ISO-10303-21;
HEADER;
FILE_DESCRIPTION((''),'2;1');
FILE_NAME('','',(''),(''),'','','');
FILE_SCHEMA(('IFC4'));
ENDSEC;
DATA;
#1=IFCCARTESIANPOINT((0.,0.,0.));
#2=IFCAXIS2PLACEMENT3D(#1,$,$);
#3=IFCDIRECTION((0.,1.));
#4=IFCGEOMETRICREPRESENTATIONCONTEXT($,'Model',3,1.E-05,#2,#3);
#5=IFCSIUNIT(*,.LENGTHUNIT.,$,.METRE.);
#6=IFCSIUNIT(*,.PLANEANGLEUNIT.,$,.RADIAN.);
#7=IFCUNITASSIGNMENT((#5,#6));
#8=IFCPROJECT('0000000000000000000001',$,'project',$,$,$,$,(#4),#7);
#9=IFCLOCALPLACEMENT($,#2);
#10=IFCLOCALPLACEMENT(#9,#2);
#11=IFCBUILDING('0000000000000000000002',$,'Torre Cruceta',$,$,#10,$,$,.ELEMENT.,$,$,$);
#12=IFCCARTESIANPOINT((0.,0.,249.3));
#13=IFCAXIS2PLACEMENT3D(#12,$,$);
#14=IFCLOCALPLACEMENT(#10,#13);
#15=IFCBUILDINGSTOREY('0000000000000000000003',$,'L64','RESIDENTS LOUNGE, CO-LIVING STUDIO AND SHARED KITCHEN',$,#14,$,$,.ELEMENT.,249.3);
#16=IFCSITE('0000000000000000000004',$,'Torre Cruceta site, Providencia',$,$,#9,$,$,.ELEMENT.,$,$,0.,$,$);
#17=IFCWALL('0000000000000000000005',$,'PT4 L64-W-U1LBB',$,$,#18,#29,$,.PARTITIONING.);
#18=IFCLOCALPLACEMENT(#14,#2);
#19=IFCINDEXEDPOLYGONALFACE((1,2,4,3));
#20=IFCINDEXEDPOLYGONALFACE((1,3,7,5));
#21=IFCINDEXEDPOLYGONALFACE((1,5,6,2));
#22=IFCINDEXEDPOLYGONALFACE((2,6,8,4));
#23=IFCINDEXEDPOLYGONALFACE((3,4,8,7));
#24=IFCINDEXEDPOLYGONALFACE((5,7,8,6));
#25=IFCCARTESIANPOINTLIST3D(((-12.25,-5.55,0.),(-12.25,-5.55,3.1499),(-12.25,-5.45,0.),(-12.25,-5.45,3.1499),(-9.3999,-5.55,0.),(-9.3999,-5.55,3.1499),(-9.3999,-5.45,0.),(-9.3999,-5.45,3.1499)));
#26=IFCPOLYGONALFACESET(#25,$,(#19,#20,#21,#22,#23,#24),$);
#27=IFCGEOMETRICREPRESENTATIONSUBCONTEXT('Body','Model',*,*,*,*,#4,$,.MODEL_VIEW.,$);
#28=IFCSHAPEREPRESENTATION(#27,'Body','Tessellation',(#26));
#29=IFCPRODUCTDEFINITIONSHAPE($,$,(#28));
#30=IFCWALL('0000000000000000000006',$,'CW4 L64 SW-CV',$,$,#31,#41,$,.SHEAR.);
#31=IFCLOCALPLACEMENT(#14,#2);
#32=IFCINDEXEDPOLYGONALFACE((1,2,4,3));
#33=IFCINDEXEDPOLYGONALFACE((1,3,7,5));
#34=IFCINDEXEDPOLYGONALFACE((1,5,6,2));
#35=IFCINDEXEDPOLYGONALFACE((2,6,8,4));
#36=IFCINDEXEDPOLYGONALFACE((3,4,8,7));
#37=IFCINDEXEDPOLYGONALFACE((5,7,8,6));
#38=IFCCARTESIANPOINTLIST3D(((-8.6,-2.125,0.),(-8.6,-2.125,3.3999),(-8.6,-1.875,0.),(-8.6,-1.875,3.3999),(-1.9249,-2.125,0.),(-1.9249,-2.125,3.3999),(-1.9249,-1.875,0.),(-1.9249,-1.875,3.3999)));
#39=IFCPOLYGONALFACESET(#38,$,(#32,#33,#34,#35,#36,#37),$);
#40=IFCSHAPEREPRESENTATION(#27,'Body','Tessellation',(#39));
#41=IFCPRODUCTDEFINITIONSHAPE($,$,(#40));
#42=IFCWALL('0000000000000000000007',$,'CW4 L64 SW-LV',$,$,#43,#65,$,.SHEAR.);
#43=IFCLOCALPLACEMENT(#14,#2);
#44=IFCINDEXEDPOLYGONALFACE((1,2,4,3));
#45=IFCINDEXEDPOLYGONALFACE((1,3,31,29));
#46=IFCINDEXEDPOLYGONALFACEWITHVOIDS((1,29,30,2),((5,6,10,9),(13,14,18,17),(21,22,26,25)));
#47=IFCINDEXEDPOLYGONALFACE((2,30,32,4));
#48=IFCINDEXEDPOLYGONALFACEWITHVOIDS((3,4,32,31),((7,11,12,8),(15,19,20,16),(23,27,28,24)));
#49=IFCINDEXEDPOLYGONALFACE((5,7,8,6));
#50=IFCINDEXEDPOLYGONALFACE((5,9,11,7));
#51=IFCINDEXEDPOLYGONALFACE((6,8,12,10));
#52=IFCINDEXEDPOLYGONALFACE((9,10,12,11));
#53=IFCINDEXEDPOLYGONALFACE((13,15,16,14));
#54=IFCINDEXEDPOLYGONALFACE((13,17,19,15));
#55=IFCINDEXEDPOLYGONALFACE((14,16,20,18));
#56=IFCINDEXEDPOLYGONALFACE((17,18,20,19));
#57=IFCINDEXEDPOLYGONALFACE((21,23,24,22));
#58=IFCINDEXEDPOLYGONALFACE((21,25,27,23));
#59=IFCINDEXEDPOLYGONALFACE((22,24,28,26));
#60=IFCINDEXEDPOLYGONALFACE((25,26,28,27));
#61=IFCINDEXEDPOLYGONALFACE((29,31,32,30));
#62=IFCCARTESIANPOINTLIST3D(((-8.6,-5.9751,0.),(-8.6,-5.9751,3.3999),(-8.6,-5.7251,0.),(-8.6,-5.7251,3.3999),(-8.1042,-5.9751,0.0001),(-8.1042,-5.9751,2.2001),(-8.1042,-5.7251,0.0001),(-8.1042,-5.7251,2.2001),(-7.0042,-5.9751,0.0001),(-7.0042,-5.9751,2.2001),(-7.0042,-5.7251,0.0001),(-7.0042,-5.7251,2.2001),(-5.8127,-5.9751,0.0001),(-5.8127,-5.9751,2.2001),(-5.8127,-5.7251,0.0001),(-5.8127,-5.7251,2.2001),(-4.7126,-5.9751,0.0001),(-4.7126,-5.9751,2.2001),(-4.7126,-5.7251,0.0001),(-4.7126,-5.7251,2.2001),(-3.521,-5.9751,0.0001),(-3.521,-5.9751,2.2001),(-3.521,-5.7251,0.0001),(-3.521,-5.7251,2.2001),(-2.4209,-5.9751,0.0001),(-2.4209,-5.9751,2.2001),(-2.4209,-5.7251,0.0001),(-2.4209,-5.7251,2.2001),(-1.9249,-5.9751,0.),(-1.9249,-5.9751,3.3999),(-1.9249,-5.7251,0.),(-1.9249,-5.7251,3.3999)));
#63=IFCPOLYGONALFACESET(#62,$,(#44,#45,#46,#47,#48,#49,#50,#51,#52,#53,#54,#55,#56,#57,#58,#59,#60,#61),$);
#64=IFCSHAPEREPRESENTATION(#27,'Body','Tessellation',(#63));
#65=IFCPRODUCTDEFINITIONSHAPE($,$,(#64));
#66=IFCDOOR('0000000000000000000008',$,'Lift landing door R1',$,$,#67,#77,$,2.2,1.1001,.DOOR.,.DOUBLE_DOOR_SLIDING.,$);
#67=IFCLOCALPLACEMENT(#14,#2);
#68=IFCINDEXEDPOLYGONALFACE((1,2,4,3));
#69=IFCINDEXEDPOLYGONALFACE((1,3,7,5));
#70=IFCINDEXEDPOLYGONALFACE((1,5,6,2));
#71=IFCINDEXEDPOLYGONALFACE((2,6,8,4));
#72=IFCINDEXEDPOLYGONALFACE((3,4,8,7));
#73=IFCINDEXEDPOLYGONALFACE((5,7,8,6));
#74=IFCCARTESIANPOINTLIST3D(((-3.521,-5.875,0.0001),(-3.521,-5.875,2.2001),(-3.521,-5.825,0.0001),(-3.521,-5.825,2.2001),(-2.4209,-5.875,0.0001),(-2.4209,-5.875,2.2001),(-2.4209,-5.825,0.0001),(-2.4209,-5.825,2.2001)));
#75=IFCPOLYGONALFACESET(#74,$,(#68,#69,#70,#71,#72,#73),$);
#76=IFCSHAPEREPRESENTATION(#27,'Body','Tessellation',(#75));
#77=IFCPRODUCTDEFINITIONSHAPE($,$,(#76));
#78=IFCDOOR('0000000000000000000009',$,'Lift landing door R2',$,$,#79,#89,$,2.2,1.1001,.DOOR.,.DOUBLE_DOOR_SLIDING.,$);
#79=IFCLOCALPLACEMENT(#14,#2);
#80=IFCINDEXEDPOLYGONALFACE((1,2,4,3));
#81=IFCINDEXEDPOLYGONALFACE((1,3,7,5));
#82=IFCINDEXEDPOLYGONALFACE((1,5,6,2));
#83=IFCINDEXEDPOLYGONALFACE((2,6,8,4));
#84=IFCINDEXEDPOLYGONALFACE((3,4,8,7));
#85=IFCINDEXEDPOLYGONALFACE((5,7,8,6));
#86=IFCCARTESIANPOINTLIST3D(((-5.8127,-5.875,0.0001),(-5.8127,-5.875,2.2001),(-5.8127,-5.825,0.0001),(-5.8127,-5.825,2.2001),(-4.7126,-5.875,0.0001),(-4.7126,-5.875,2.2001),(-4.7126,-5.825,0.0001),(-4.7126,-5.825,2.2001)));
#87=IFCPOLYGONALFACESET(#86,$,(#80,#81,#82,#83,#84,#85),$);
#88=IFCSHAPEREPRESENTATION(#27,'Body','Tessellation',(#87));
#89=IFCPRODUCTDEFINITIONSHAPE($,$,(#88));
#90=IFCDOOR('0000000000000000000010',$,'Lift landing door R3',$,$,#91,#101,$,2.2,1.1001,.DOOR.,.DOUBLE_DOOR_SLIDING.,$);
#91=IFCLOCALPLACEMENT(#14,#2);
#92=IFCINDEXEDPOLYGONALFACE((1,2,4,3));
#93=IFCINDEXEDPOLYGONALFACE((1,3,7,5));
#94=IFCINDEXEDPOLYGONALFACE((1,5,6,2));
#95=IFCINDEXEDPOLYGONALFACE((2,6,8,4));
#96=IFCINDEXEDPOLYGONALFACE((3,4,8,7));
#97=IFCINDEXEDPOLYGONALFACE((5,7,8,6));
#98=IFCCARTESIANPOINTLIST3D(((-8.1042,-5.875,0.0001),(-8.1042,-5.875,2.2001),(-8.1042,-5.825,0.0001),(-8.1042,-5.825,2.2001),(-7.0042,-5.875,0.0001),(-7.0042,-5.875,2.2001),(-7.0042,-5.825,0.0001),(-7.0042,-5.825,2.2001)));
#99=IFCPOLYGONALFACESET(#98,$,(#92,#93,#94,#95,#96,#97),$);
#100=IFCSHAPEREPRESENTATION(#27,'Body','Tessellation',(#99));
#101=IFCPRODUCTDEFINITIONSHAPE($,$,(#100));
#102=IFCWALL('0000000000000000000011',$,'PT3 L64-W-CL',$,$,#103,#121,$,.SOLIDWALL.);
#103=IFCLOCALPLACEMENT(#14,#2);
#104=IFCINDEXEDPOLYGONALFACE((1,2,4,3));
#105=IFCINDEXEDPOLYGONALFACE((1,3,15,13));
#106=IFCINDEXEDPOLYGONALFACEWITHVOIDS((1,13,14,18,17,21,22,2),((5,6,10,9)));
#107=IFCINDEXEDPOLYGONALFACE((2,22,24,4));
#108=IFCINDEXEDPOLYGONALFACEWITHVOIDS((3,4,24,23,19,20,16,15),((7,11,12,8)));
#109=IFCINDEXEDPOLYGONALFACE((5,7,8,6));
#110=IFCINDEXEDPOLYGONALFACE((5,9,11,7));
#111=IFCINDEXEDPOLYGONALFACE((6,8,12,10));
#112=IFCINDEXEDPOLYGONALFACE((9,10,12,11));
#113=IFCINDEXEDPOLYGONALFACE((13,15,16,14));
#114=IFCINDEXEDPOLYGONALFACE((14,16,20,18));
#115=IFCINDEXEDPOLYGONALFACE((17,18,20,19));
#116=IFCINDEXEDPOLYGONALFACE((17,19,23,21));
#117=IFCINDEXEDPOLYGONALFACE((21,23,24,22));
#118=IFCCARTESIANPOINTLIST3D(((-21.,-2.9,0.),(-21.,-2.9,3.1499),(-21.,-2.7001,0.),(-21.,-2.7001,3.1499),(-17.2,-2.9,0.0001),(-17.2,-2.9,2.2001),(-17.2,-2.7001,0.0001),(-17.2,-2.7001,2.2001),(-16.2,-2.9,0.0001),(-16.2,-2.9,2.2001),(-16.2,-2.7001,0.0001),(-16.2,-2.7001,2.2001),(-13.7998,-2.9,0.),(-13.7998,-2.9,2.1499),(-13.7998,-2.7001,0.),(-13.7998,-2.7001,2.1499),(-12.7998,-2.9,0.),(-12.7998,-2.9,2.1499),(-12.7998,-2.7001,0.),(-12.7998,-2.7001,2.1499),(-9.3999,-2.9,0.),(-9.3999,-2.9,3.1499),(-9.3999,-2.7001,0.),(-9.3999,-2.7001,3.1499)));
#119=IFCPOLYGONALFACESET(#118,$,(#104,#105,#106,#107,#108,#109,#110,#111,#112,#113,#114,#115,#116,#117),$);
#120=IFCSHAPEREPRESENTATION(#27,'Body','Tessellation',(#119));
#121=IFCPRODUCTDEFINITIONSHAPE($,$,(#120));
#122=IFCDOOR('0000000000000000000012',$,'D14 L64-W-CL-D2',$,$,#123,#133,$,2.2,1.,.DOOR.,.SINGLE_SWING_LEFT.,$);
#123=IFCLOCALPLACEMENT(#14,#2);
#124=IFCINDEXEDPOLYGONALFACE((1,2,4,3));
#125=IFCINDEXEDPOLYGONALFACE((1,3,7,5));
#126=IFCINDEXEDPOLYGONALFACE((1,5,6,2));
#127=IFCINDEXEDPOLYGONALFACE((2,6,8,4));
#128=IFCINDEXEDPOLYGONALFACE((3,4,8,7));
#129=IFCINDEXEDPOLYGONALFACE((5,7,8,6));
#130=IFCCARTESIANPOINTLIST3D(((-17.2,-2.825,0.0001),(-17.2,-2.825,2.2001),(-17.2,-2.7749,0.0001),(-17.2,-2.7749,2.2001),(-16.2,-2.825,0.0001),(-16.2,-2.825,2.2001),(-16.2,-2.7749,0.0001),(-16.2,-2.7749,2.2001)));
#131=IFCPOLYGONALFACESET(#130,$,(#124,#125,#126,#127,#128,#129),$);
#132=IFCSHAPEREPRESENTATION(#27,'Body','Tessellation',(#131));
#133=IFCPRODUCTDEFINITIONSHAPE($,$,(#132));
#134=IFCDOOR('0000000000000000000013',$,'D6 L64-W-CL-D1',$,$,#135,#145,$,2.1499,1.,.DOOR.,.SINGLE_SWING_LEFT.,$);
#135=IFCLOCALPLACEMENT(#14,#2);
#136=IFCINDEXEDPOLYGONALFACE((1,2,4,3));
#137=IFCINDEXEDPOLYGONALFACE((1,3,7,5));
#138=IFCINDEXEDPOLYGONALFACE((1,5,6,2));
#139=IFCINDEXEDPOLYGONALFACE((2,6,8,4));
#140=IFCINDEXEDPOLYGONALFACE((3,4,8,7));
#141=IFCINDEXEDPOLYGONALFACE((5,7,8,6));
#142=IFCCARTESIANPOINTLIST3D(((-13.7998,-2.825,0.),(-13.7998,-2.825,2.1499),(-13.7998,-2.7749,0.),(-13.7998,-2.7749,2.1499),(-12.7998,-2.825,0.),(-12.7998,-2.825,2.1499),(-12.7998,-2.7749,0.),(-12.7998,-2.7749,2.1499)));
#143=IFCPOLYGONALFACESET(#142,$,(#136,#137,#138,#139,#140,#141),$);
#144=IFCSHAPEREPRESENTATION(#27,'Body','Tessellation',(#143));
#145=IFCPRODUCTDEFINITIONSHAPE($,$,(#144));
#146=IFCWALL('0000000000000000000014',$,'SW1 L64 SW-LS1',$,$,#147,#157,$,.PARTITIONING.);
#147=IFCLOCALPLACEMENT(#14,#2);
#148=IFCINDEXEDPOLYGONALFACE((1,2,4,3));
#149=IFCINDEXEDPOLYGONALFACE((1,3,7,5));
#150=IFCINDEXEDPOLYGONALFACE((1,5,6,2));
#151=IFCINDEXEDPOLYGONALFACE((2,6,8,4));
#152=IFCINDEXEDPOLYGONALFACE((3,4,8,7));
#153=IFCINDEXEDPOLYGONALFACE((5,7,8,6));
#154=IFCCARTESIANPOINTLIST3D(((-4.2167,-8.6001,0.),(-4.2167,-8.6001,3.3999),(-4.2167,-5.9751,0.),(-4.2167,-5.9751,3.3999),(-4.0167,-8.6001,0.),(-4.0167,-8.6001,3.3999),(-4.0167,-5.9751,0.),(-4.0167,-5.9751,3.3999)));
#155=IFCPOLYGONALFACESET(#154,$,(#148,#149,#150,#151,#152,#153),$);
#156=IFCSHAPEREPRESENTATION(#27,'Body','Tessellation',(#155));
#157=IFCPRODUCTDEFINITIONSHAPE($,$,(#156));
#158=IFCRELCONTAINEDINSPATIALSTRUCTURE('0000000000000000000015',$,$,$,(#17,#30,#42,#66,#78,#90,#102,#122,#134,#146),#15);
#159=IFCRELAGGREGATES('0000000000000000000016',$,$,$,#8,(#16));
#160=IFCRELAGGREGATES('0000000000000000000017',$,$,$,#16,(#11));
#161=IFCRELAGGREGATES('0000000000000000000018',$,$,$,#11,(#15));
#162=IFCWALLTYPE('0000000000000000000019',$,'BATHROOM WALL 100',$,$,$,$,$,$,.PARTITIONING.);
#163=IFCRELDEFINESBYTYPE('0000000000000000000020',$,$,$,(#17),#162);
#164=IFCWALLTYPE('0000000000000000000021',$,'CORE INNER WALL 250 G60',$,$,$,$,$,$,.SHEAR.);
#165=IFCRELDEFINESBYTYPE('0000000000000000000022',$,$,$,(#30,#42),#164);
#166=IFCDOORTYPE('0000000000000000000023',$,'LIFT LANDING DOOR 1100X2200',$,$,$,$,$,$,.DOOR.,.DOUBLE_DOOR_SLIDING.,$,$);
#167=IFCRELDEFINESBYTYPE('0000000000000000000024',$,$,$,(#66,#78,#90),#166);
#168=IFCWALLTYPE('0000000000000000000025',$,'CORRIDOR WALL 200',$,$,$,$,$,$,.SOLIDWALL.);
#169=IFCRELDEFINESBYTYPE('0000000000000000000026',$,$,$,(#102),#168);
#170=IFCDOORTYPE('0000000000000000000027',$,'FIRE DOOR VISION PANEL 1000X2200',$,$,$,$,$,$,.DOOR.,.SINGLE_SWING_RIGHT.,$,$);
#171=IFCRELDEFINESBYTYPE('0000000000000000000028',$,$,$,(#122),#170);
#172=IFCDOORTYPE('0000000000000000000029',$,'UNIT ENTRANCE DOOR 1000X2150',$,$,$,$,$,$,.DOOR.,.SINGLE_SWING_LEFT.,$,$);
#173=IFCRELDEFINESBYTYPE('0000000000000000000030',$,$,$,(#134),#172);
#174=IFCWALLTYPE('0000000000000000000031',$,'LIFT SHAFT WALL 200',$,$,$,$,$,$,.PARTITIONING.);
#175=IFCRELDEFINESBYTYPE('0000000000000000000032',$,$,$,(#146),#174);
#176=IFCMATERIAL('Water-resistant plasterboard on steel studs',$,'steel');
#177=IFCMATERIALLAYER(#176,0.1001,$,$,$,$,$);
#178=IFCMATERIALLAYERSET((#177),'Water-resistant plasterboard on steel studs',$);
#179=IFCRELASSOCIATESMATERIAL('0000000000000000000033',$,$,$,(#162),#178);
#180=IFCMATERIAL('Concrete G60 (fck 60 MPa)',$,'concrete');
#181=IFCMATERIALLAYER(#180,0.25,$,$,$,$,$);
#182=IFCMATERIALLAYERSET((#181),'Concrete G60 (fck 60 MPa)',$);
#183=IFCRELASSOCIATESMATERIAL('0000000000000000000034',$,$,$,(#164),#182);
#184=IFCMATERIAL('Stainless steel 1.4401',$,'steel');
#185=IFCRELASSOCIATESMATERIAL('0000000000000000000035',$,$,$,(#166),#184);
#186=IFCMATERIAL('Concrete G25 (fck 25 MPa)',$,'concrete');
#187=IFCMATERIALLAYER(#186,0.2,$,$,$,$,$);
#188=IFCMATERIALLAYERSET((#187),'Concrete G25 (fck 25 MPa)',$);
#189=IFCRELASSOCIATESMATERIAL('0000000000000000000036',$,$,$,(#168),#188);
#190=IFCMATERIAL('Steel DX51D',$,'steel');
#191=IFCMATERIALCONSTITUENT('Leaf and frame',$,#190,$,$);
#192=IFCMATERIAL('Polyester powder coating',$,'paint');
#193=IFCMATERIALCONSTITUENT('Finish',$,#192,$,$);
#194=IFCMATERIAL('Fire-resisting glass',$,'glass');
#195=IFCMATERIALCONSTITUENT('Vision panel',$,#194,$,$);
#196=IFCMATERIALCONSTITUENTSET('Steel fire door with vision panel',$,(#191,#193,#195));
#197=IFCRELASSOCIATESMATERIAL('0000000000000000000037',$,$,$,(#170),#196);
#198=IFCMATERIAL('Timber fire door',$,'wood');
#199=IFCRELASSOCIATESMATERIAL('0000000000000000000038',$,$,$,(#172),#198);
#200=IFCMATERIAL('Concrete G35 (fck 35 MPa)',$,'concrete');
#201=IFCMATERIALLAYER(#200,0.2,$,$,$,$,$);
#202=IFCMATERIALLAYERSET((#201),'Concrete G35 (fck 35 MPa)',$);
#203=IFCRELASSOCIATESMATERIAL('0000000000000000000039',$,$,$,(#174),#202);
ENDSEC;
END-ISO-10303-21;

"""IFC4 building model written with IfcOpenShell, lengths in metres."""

from ifc_helpers import new_model, si_unit, direction, frame, frame_2d, origin, place, context, subcontext, project, spatial, rectangle, extrude, material, layer, layer_set, constituent, constituent_set, type_object, element, fill, save


model = new_model("IFC4")

# Units and contexts
model_context = context("Model", 3, precision=1e-05, world=origin(), true_north=direction((0.0, 1.0)))
body_context = subcontext(model_context, "Body", "Model", "MODEL_VIEW")
ifc_project = project(units=[si_unit("LENGTHUNIT", "METRE"), si_unit("PLANEANGLEUNIT", "RADIAN")], contexts=[model_context])

# Site, building, storey
site_placement = place(None, origin())
site = spatial("IfcSite", under=ifc_project, at=site_placement, Name="Torre Cruceta site, Providencia", CompositionType="ELEMENT", RefElevation=0.0)
building_placement = place(site_placement, origin())
building = spatial("IfcBuilding", under=site, at=building_placement, Name="Torre Cruceta", CompositionType="ELEMENT")
storey_placement = place(building_placement, frame((0.0, 0.0, 249.3)))
storey = spatial("IfcBuildingStorey", under=building, at=storey_placement, Name="L64", Description="RESIDENTS LOUNGE, CO-LIVING STUDIO AND SHARED KITCHEN", CompositionType="ELEMENT", Elevation=249.3)

# Wall
ifc_material_1 = material(Name="Water-resistant plasterboard on steel studs", Category="steel")
ifc_layer_1 = layer(ifc_material_1, 0.1001)
ifc_layer_set_1 = layer_set([ifc_layer_1], Name="Water-resistant plasterboard on steel studs")
wall_type_1 = type_object("IfcWallType", Name="BATHROOM WALL 100", PredefinedType="PARTITIONING", material=ifc_layer_set_1)
wall_1_placement = place(storey_placement, frame((-9.3999, -5.5, 0.0), z_axis=(0.0, 0.0, 1.0), x_axis=(-1.0, 0.0, 0.0)))
element("IfcWall", 1, at=wall_1_placement, inside=storey, type_object=wall_type_1, Name="PT4 L64-W-U1LBB", PredefinedType="PARTITIONING", context=body_context, shape_type="SweptSolid", body=[
    extrude(rectangle(XDim=2.8501, YDim=0.1001, at=frame_2d((1.425, 0.0))), origin(), (0.0, 0.0, 1.0), 3.1499),
])

# Shared definitions
ifc_material_2 = material(Name="Concrete G60 (fck 60 MPa)", Category="concrete")
ifc_layer_2 = layer(ifc_material_2, 0.25)
ifc_layer_set_2 = layer_set([ifc_layer_2], Name="Concrete G60 (fck 60 MPa)")
wall_type_2 = type_object("IfcWallType", Name="CORE INNER WALL 250 G60", PredefinedType="SHEAR", material=ifc_layer_set_2)

# Wall
wall_2_placement = place(storey_placement, frame((-1.925, -2.0, 0.0), z_axis=(0.0, 0.0, 1.0), x_axis=(-1.0, 0.0, 0.0)))
element("IfcWall", 2, at=wall_2_placement, inside=storey, type_object=wall_type_2, Name="CW4 L64 SW-CV", PredefinedType="SHEAR", context=body_context, shape_type="SweptSolid", body=[
    extrude(rectangle(XDim=6.675, YDim=0.25, at=frame_2d((3.3374, 0.0))), origin(), (0.0, 0.0, 1.0), 3.3999),
])

# Walls, openings, doors
wall_3_placement = place(storey_placement, frame((-1.925, -5.8501, 0.0), z_axis=(0.0, 0.0, 1.0), x_axis=(-1.0, 0.0, 0.0)))
wall_3 = element("IfcWall", 3, at=wall_3_placement, inside=storey, type_object=wall_type_2, Name="CW4 L64 SW-LV", PredefinedType="SHEAR", context=body_context, shape_type="SweptSolid", body=[
    extrude(rectangle(XDim=6.675, YDim=0.25, at=frame_2d((3.3374, 0.0))), origin(), (0.0, 0.0, 1.0), 3.3999),
])
opening_1_placement = place(wall_3_placement, frame((0.4958, 0.0, 0.0)))
opening_1 = element("IfcOpeningElement", 4, at=opening_1_placement, cuts=wall_3, PredefinedType="OPENING", context=body_context, shape_type="SweptSolid", body=[
    extrude(rectangle(XDim=1.1001, YDim=2.2, at=frame_2d((0.55, 1.1001))), frame((0.0, 0.135, 0.0), z_axis=(0.0, -1.0, 0.0), x_axis=(1.0, 0.0, 0.0)), (0.0, 0.0, 1.0), 0.27),
])
opening_2_placement = place(wall_3_placement, frame((2.7876, 0.0, 0.0)))
opening_2 = element("IfcOpeningElement", 5, at=opening_2_placement, cuts=wall_3, PredefinedType="OPENING", context=body_context, shape_type="SweptSolid", body=[
    extrude(rectangle(XDim=1.1001, YDim=2.2, at=frame_2d((0.55, 1.1001))), frame((0.0, 0.135, 0.0), z_axis=(0.0, -1.0, 0.0), x_axis=(1.0, 0.0, 0.0)), (0.0, 0.0, 1.0), 0.27),
])
opening_3_placement = place(wall_3_placement, frame((5.0791, 0.0, 0.0)))
opening_3 = element("IfcOpeningElement", 6, at=opening_3_placement, cuts=wall_3, PredefinedType="OPENING", context=body_context, shape_type="SweptSolid", body=[
    extrude(rectangle(XDim=1.1001, YDim=2.2, at=frame_2d((0.55, 1.1001))), frame((0.0, 0.135, 0.0), z_axis=(0.0, -1.0, 0.0), x_axis=(1.0, 0.0, 0.0)), (0.0, 0.0, 1.0), 0.27),
])
ifc_material_3 = material(Name="Stainless steel 1.4401", Category="steel")
door_type_1 = type_object("IfcDoorType", Name="LIFT LANDING DOOR 1100X2200", OperationType="DOUBLE_DOOR_SLIDING", PredefinedType="DOOR", material=ifc_material_3)
door_1_placement = place(opening_1_placement, origin())
door_1 = element("IfcDoor", 7, at=door_1_placement, inside=storey, type_object=door_type_1, Name="Lift landing door R1", OperationType="DOUBLE_DOOR_SLIDING", OverallHeight=2.2, OverallWidth=1.1001, PredefinedType="DOOR", context=body_context, shape_type="SweptSolid", body=[
    extrude(rectangle(XDim=1.1001, YDim=2.2, at=frame_2d((0.55, 1.1001))), frame((0.0, 0.0249, 0.0), z_axis=(0.0, -1.0, 0.0), x_axis=(1.0, 0.0, 0.0)), (0.0, 0.0, 1.0), 0.05),
])
fill(opening_1, door_1)
door_2_placement = place(opening_2_placement, origin())
door_2 = element("IfcDoor", 8, at=door_2_placement, inside=storey, type_object=door_type_1, Name="Lift landing door R2", OperationType="DOUBLE_DOOR_SLIDING", OverallHeight=2.2, OverallWidth=1.1001, PredefinedType="DOOR", context=body_context, shape_type="SweptSolid", body=[
    extrude(rectangle(XDim=1.1001, YDim=2.2, at=frame_2d((0.55, 1.1001))), frame((0.0, 0.0249, 0.0), z_axis=(0.0, -1.0, 0.0), x_axis=(1.0, 0.0, 0.0)), (0.0, 0.0, 1.0), 0.05),
])
fill(opening_2, door_2)
door_3_placement = place(opening_3_placement, origin())
door_3 = element("IfcDoor", 9, at=door_3_placement, inside=storey, type_object=door_type_1, Name="Lift landing door R3", OperationType="DOUBLE_DOOR_SLIDING", OverallHeight=2.2, OverallWidth=1.1001, PredefinedType="DOOR", context=body_context, shape_type="SweptSolid", body=[
    extrude(rectangle(XDim=1.1001, YDim=2.2, at=frame_2d((0.55, 1.1001))), frame((0.0, 0.0249, 0.0), z_axis=(0.0, -1.0, 0.0), x_axis=(1.0, 0.0, 0.0)), (0.0, 0.0, 1.0), 0.05),
])
fill(opening_3, door_3)
ifc_material_4 = material(Name="Concrete G25 (fck 25 MPa)", Category="concrete")
ifc_layer_3 = layer(ifc_material_4, 0.2)
ifc_layer_set_3 = layer_set([ifc_layer_3], Name="Concrete G25 (fck 25 MPa)")
wall_type_3 = type_object("IfcWallType", Name="CORRIDOR WALL 200", PredefinedType="SOLIDWALL", material=ifc_layer_set_3)
wall_4_placement = place(storey_placement, frame((-9.3999, -2.8, 0.0), z_axis=(0.0, 0.0, 1.0), x_axis=(-1.0, 0.0, 0.0)))
wall_4 = element("IfcWall", 10, at=wall_4_placement, inside=storey, type_object=wall_type_3, Name="PT3 L64-W-CL", PredefinedType="SOLIDWALL", context=body_context, shape_type="SweptSolid", body=[
    extrude(rectangle(XDim=11.6001, YDim=0.2, at=frame_2d((5.8, 0.0))), origin(), (0.0, 0.0, 1.0), 3.1499),
])
opening_4_placement = place(wall_4_placement, frame((3.3999, 0.0, 0.0)))
opening_4 = element("IfcOpeningElement", 11, at=opening_4_placement, cuts=wall_4, PredefinedType="OPENING", context=body_context, shape_type="SweptSolid", body=[
    extrude(rectangle(XDim=1.0, YDim=2.1499, at=frame_2d((0.5, 1.075))), frame((0.0, 0.1099, 0.0), z_axis=(0.0, -1.0, 0.0), x_axis=(1.0, 0.0, 0.0)), (0.0, 0.0, 1.0), 0.22),
])
opening_5_placement = place(wall_4_placement, frame((6.8, 0.0, 0.0)))
opening_5 = element("IfcOpeningElement", 12, at=opening_5_placement, cuts=wall_4, PredefinedType="OPENING", context=body_context, shape_type="SweptSolid", body=[
    extrude(rectangle(XDim=1.0, YDim=2.2, at=frame_2d((0.5, 1.1001))), frame((0.0, 0.1099, 0.0), z_axis=(0.0, -1.0, 0.0), x_axis=(1.0, 0.0, 0.0)), (0.0, 0.0, 1.0), 0.22),
])
ifc_material_5 = material(Name="Steel DX51D", Category="steel")
ifc_constituent_1 = constituent(ifc_material_5, Name="Leaf and frame")
ifc_material_6 = material(Name="Polyester powder coating", Category="paint")
ifc_constituent_2 = constituent(ifc_material_6, Name="Finish")
ifc_material_7 = material(Name="Fire-resisting glass", Category="glass")
ifc_constituent_3 = constituent(ifc_material_7, Name="Vision panel")
ifc_constituent_set_1 = constituent_set(constituents=[ifc_constituent_1, ifc_constituent_2, ifc_constituent_3], Name="Steel fire door with vision panel")
door_type_2 = type_object("IfcDoorType", Name="FIRE DOOR VISION PANEL 1000X2200", OperationType="SINGLE_SWING_RIGHT", PredefinedType="DOOR", material=ifc_constituent_set_1)
door_4_placement = place(opening_5_placement, origin())
door_4 = element("IfcDoor", 13, at=door_4_placement, inside=storey, type_object=door_type_2, Name="D14 L64-W-CL-D2", OperationType="SINGLE_SWING_LEFT", OverallHeight=2.2, OverallWidth=1.0, PredefinedType="DOOR", context=body_context, shape_type="SweptSolid", body=[
    extrude(rectangle(XDim=1.0, YDim=2.2, at=frame_2d((0.5, 1.1001))), frame((0.0, 0.0249, 0.0), z_axis=(0.0, -1.0, 0.0), x_axis=(1.0, 0.0, 0.0)), (0.0, 0.0, 1.0), 0.05),
])
fill(opening_5, door_4)
ifc_material_8 = material(Name="Timber fire door", Category="wood")
door_type_3 = type_object("IfcDoorType", Name="UNIT ENTRANCE DOOR 1000X2150", OperationType="SINGLE_SWING_LEFT", PredefinedType="DOOR", material=ifc_material_8)
door_5_placement = place(opening_4_placement, origin())
door_5 = element("IfcDoor", 14, at=door_5_placement, inside=storey, type_object=door_type_3, Name="D6 L64-W-CL-D1", OperationType="SINGLE_SWING_LEFT", OverallHeight=2.1499, OverallWidth=1.0, PredefinedType="DOOR", context=body_context, shape_type="SweptSolid", body=[
    extrude(rectangle(XDim=1.0, YDim=2.1499, at=frame_2d((0.5, 1.075))), frame((0.0, 0.0249, 0.0), z_axis=(0.0, -1.0, 0.0), x_axis=(1.0, 0.0, 0.0)), (0.0, 0.0, 1.0), 0.05),
])
fill(opening_4, door_5)

# Wall
ifc_material_9 = material(Name="Concrete G35 (fck 35 MPa)", Category="concrete")
ifc_layer_4 = layer(ifc_material_9, 0.2)
ifc_layer_set_4 = layer_set([ifc_layer_4], Name="Concrete G35 (fck 35 MPa)")
wall_type_4 = type_object("IfcWallType", Name="LIFT SHAFT WALL 200", PredefinedType="PARTITIONING", material=ifc_layer_set_4)
for number, where, z_axis, x_axis, name in (
    (15, (-4.1167, -5.9751, 0.0), (0.0, 0.0, 1.0), (0.0, -1.0, 0.0), "SW1 L64 SW-LS1"),
):
    element("IfcWall", number, at=place(storey_placement, frame(where, z_axis=z_axis, x_axis=x_axis)), inside=storey, type_object=wall_type_4, Name=name, PredefinedType="PARTITIONING", context=body_context, shape_type="SweptSolid", body=[
        extrude(rectangle(XDim=2.625, YDim=0.2, at=frame_2d((1.3125, 0.0))), origin(), (0.0, 0.0, 1.0), 3.3999),
    ])

save(model, "model.ifc")
